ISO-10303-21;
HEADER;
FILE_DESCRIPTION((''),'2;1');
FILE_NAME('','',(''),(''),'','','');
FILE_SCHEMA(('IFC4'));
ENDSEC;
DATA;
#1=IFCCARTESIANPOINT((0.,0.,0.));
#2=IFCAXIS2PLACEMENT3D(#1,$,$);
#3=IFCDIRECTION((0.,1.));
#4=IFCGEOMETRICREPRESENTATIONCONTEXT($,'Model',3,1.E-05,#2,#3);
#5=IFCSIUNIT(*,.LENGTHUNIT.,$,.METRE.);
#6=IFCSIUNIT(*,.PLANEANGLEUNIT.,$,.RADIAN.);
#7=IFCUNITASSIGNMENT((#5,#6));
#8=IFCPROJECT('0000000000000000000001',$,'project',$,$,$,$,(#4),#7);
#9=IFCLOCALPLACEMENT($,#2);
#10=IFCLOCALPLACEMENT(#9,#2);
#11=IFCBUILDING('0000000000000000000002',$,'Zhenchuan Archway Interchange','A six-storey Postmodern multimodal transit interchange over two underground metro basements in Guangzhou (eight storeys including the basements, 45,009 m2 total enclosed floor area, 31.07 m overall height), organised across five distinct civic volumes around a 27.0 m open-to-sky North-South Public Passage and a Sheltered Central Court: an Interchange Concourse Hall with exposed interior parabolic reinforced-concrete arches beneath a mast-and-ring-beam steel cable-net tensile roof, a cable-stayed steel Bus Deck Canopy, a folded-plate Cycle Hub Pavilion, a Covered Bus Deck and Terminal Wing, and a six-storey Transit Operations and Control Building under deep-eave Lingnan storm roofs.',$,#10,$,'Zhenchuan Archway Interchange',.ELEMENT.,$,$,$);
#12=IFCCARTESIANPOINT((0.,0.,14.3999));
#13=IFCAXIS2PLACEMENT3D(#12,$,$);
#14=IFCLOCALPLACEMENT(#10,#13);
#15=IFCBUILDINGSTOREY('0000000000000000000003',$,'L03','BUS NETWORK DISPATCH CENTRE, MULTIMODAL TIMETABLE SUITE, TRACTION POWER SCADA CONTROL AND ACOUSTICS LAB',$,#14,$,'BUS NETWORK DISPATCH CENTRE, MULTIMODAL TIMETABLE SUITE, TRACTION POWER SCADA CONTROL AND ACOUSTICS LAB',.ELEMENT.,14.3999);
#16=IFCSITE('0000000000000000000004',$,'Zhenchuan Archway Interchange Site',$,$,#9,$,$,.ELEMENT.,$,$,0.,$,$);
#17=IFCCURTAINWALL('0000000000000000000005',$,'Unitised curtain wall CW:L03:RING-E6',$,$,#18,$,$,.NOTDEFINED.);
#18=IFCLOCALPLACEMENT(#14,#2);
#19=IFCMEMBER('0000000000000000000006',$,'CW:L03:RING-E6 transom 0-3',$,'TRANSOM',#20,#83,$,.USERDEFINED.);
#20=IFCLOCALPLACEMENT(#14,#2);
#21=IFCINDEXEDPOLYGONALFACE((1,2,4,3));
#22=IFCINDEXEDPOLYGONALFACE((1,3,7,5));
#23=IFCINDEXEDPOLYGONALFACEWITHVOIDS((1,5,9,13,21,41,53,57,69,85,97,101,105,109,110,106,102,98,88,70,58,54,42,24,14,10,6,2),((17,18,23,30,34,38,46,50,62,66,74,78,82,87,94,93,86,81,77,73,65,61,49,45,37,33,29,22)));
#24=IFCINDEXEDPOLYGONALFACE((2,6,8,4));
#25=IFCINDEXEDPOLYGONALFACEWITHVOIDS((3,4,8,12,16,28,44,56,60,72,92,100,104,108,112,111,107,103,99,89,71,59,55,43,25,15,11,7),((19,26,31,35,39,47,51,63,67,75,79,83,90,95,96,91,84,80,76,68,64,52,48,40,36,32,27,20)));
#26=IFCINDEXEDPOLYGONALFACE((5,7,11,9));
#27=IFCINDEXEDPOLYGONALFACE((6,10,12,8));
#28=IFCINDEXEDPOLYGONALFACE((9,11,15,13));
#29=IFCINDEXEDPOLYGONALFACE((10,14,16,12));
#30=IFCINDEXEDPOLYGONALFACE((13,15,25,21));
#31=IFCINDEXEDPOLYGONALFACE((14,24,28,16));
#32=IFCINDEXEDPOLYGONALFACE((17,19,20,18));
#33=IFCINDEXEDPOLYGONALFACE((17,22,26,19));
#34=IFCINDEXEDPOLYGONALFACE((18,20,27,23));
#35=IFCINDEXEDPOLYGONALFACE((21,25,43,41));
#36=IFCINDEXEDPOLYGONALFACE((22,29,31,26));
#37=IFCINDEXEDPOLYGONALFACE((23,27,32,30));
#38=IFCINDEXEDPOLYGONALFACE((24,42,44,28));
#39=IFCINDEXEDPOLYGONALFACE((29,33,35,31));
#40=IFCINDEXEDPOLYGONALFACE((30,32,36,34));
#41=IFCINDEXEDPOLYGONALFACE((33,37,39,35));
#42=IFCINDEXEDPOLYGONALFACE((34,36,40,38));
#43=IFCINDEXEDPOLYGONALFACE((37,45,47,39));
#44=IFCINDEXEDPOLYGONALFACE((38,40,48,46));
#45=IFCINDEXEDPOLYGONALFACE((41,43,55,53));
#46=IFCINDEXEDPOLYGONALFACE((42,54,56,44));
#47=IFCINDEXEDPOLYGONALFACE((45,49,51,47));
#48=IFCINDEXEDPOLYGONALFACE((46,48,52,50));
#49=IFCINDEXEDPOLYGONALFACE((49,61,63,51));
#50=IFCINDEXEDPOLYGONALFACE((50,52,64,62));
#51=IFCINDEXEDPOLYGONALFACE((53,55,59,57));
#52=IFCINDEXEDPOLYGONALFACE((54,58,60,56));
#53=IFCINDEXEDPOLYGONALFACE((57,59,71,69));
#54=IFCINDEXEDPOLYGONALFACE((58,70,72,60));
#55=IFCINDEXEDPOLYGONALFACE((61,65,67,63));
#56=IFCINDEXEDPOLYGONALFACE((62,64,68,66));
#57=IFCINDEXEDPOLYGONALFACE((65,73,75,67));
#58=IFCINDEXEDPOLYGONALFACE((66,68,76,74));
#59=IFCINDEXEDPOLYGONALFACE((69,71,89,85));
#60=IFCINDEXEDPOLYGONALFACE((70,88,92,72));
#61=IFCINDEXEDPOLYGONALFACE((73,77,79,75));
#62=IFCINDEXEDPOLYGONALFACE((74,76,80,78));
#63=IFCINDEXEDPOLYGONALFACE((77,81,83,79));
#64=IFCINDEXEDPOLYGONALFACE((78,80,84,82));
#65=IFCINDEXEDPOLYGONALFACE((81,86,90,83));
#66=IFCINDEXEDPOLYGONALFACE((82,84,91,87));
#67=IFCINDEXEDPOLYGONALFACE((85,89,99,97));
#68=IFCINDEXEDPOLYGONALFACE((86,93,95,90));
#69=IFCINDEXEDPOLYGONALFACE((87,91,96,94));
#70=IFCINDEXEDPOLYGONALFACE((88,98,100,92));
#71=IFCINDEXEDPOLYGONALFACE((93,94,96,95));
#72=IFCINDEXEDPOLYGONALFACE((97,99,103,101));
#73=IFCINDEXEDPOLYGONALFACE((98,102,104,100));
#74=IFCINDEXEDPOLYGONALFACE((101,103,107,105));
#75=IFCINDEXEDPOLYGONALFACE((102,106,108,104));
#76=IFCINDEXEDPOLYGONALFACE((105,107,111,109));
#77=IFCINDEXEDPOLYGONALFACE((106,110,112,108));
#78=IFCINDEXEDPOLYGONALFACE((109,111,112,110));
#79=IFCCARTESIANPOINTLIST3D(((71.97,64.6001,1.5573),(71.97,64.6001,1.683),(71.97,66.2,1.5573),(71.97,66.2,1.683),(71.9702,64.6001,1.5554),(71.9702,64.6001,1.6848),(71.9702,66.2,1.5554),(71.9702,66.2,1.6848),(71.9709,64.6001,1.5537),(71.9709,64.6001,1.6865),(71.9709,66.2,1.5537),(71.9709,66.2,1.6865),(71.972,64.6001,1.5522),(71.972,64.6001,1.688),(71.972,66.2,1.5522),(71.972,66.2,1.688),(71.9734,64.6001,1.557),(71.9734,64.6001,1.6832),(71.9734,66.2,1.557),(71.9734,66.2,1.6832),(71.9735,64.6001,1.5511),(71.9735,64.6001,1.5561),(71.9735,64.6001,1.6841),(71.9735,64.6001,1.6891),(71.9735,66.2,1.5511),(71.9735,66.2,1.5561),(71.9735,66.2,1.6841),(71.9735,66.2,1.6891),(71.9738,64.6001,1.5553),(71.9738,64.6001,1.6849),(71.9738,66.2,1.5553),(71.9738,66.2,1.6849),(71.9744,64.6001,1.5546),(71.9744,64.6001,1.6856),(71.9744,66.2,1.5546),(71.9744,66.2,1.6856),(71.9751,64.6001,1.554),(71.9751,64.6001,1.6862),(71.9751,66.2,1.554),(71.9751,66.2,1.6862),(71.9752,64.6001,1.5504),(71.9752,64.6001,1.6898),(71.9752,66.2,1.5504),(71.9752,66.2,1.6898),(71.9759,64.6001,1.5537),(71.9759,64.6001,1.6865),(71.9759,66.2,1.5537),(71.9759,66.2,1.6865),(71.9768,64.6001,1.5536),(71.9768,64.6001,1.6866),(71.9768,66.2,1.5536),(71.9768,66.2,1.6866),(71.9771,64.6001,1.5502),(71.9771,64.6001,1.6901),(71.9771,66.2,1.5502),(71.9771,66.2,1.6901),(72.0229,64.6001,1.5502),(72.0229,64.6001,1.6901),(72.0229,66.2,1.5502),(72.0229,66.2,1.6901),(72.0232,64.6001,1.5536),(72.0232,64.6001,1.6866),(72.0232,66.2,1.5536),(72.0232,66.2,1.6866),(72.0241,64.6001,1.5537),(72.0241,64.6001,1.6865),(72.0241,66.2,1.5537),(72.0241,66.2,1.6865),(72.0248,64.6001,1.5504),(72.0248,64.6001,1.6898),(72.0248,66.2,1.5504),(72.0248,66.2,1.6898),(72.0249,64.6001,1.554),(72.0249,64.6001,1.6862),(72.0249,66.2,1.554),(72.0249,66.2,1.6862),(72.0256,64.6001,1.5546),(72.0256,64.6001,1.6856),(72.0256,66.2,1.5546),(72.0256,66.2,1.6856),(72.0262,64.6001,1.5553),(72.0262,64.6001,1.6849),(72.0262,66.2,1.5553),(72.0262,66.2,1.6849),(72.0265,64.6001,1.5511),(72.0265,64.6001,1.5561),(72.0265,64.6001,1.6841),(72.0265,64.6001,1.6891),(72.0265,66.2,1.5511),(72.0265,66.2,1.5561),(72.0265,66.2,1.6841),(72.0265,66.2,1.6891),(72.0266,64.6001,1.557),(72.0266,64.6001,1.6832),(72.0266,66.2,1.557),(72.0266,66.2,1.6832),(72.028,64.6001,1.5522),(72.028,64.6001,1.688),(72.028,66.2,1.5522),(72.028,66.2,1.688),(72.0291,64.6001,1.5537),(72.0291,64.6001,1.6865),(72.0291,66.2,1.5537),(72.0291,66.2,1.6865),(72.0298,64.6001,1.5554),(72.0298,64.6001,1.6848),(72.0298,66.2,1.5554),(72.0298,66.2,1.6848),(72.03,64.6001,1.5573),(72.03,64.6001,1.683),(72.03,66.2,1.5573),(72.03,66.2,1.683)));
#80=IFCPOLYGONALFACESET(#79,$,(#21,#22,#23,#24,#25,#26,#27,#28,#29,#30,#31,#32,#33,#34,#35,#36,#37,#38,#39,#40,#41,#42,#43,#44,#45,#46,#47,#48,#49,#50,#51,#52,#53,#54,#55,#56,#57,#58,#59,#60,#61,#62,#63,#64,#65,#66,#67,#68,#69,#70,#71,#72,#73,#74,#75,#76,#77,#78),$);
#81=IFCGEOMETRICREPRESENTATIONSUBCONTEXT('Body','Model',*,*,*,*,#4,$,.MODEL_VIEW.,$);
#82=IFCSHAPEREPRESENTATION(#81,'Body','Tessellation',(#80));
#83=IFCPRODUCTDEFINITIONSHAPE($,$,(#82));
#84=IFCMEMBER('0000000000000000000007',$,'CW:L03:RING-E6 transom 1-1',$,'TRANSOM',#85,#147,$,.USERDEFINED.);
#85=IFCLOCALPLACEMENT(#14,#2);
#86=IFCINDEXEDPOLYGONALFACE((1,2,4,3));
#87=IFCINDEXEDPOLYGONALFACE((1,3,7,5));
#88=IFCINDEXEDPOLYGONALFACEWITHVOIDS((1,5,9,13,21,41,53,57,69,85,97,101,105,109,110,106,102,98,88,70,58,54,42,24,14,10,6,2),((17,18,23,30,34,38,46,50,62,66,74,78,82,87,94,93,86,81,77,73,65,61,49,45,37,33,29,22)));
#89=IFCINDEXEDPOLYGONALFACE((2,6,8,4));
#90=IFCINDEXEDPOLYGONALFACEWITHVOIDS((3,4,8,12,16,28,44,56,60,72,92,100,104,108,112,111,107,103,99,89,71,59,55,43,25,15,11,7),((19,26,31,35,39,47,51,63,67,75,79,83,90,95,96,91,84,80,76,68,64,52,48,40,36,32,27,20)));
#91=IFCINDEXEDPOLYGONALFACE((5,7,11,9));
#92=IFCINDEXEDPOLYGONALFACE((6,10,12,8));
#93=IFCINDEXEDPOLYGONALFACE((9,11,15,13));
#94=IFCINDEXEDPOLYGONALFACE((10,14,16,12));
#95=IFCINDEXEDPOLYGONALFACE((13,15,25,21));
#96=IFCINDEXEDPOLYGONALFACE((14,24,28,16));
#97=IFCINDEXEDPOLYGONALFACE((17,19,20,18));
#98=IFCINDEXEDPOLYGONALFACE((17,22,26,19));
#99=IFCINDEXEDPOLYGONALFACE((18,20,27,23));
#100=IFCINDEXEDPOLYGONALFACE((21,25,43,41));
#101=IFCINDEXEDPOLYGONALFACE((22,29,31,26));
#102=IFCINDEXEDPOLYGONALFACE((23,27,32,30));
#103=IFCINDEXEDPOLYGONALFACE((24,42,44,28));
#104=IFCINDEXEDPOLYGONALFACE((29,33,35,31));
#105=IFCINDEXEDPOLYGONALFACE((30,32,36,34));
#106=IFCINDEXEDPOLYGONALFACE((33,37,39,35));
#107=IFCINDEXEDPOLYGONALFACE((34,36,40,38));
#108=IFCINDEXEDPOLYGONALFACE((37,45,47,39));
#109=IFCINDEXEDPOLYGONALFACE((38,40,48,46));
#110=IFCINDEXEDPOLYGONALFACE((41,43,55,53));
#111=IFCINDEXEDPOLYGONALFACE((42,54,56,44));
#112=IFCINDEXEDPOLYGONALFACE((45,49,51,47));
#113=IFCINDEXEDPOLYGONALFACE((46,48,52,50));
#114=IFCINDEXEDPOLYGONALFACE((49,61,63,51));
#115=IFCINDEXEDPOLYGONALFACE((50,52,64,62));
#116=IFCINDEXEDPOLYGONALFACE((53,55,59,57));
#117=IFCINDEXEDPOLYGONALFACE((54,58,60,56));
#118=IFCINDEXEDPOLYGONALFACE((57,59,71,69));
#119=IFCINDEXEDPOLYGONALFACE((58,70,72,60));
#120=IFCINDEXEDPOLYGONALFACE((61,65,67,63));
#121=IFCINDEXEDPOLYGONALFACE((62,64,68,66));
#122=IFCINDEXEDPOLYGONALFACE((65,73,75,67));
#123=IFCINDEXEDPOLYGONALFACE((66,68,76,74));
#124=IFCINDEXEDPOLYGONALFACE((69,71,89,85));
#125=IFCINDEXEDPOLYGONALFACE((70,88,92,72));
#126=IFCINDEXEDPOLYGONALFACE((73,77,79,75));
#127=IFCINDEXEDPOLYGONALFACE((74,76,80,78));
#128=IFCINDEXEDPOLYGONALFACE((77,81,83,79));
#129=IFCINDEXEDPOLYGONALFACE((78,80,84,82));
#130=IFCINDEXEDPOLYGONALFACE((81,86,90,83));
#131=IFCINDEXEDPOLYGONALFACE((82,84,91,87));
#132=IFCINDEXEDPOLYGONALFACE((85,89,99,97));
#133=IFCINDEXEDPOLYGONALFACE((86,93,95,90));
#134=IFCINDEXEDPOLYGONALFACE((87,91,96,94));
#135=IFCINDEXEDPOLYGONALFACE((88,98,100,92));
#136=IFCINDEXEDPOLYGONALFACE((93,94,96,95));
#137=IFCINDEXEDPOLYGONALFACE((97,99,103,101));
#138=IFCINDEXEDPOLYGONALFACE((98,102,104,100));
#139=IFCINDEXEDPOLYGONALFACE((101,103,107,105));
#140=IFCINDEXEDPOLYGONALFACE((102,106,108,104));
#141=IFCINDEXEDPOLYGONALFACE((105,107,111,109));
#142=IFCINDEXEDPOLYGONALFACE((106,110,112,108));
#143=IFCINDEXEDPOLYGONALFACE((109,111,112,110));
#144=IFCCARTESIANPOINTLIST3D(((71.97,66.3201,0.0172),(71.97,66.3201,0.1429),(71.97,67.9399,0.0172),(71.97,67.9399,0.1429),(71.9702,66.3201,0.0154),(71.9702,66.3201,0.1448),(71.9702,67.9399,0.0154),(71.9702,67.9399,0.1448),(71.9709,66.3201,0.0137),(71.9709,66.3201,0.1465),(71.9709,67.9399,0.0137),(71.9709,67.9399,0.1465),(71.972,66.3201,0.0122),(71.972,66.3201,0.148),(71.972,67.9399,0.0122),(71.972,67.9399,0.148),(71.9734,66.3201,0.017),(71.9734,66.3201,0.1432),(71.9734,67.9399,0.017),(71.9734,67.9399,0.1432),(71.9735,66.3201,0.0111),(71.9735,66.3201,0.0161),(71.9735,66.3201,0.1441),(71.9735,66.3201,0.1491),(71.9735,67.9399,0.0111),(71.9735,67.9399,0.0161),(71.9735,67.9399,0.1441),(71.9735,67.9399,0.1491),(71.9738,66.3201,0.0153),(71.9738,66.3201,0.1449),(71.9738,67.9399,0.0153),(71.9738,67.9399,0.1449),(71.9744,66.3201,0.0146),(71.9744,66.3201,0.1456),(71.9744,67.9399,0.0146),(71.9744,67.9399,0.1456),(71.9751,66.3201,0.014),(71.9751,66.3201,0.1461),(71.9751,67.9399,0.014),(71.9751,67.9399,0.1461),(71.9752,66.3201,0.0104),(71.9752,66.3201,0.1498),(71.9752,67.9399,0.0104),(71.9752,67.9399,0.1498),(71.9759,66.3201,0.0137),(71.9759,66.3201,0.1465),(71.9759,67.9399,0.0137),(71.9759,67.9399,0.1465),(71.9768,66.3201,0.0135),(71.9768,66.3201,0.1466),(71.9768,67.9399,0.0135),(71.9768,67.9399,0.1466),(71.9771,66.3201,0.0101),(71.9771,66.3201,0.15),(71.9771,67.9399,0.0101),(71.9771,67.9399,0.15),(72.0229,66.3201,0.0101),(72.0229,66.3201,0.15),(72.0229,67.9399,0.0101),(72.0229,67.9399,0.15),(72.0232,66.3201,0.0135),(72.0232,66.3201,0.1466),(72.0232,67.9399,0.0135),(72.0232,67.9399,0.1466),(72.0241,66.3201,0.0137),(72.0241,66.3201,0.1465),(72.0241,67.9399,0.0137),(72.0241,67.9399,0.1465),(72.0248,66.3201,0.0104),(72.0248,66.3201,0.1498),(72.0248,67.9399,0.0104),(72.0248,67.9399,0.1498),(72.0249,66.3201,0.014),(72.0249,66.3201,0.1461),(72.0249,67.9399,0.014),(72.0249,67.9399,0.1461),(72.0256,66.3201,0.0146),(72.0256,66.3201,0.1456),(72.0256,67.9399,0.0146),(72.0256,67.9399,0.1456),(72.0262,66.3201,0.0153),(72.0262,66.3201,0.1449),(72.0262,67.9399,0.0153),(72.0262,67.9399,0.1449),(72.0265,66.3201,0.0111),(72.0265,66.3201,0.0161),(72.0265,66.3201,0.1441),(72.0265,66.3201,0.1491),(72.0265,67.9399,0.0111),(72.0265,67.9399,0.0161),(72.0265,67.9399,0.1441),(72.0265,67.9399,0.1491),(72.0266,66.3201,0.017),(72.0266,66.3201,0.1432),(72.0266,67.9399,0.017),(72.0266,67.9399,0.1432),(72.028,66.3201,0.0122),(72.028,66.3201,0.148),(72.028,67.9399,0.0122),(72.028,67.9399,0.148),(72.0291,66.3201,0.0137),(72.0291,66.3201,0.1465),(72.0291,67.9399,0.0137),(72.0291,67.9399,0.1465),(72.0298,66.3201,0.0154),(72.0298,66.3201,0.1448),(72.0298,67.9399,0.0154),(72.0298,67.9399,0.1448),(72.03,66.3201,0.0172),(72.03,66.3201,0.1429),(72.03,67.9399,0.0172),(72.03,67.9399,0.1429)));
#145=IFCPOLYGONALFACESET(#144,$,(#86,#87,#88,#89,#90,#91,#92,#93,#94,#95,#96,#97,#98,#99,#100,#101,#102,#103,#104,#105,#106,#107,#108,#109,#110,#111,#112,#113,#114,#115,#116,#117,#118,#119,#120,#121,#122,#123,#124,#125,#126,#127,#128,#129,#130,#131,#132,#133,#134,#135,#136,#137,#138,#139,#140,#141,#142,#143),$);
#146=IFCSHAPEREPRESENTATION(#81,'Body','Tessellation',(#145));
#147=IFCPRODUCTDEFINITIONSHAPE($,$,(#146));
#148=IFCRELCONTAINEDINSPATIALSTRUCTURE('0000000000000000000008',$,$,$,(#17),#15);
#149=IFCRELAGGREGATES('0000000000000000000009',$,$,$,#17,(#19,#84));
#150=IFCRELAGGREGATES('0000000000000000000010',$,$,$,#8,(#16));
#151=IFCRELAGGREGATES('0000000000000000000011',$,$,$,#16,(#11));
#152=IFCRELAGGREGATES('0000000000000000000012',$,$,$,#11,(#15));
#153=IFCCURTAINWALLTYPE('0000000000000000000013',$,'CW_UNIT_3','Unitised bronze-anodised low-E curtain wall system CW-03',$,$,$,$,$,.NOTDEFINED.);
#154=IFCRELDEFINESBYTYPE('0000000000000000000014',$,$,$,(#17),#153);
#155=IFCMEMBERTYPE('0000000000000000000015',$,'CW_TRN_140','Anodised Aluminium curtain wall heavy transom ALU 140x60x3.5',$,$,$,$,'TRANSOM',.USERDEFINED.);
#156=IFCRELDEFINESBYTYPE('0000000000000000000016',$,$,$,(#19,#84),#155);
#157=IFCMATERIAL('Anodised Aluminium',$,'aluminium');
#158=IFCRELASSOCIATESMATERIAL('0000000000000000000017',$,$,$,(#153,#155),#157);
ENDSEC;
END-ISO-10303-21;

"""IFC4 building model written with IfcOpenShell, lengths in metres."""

from ifc_helpers import new_model, si_unit, direction, frame, origin, origin_2d, place, context, subcontext, project, spatial, hollow_rectangle, extrude, material, material_profile, profile_set, type_object, element, aggregate, save


model = new_model("IFC4")

# Units and contexts
model_context = context("Model", 3, precision=1e-05, world=origin(), true_north=direction((0.0, 1.0)))
body_context = subcontext(model_context, "Body", "Model", "MODEL_VIEW")
ifc_project = project(units=[si_unit("LENGTHUNIT", "METRE"), si_unit("PLANEANGLEUNIT", "RADIAN")], contexts=[model_context])

# Site, building, storey
site_placement = place(None, origin())
site = spatial("IfcSite", under=ifc_project, at=site_placement, Name="Zhenchuan Archway Interchange Site", CompositionType="ELEMENT", RefElevation=0.0)
building_placement = place(site_placement, origin())
building = spatial("IfcBuilding", under=site, at=building_placement, Name="Zhenchuan Archway Interchange", Description="A six-storey Postmodern multimodal transit interchange over two underground metro basements in Guangzhou (eight storeys including the basements, 45,009 m2 total enclosed floor area, 31.07 m overall height), organised across five distinct civic volumes around a 27.0 m open-to-sky North-South Public Passage and a Sheltered Central Court: an Interchange Concourse Hall with exposed interior parabolic reinforced-concrete arches beneath a mast-and-ring-beam steel cable-net tensile roof, a cable-stayed steel Bus Deck Canopy, a folded-plate Cycle Hub Pavilion, a Covered Bus Deck and Terminal Wing, and a six-storey Transit Operations and Control Building under deep-eave Lingnan storm roofs.", LongName="Zhenchuan Archway Interchange", CompositionType="ELEMENT")
storey_placement = place(building_placement, frame((0.0, 0.0, 14.3999)))
storey = spatial("IfcBuildingStorey", under=building, at=storey_placement, Name="L03", Description="BUS NETWORK DISPATCH CENTRE, MULTIMODAL TIMETABLE SUITE, TRACTION POWER SCADA CONTROL AND ACOUSTICS LAB", LongName="BUS NETWORK DISPATCH CENTRE, MULTIMODAL TIMETABLE SUITE, TRACTION POWER SCADA CONTROL AND ACOUSTICS LAB", CompositionType="ELEMENT", Elevation=14.3999)

# Curtain wall
ifc_material_1 = material(Name="Anodised Aluminium", Category="aluminium")
curtain_wall_type_1 = type_object("IfcCurtainWallType", Name="CW_UNIT_3", Description="Unitised bronze-anodised low-E curtain wall system CW-03", PredefinedType="NOTDEFINED", material=ifc_material_1)
curtain_wall_1_placement = place(storey_placement, origin())
curtain_wall_1 = element("IfcCurtainWall", 1, at=curtain_wall_1_placement, inside=storey, type_object=curtain_wall_type_1, Name="Unitised curtain wall CW:L03:RING-E6", PredefinedType="NOTDEFINED")

# Members
ifc_material_profile_1 = material_profile(ifc_material_1, hollow_rectangle(XDim=0.0601, YDim=0.1399, WallThickness=0.0034, InnerFilletRadius=0.0034, OuterFilletRadius=0.0071, at=origin_2d()), Name="ALU 140x60x3.5")
ifc_profile_set_1 = profile_set([ifc_material_profile_1], Name="Anodised Aluminium")
member_type_1 = type_object("IfcMemberType", Name="CW_TRN_140", Description="Anodised Aluminium curtain wall heavy transom ALU 140x60x3.5", ElementType="TRANSOM", PredefinedType="USERDEFINED", material=ifc_profile_set_1)
member_1_placement = place(storey_placement, frame((72.0, 64.6001, 1.6201), z_axis=(0.0, 1.0, 0.0), x_axis=(-1.0, 0.0, 0.0)))
member_1 = element("IfcMember", 2, at=member_1_placement, type_object=member_type_1, Name="CW:L03:RING-E6 transom 0-3", ObjectType="TRANSOM", PredefinedType="USERDEFINED", context=body_context, shape_type="SweptSolid", body=[
    extrude(hollow_rectangle(XDim=0.0601, YDim=0.1399, WallThickness=0.0034, InnerFilletRadius=0.0034, OuterFilletRadius=0.0071, at=origin_2d()), origin(), (0.0, 0.0, 1.0), 1.5999),
])
member_2_placement = place(storey_placement, frame((72.0, 66.3201, 0.0801), z_axis=(0.0, 1.0, 0.0), x_axis=(-1.0, 0.0, 0.0)))
member_2 = element("IfcMember", 3, at=member_2_placement, type_object=member_type_1, Name="CW:L03:RING-E6 transom 1-1", ObjectType="TRANSOM", PredefinedType="USERDEFINED", context=body_context, shape_type="SweptSolid", body=[
    extrude(hollow_rectangle(XDim=0.0601, YDim=0.1399, WallThickness=0.0034, InnerFilletRadius=0.0034, OuterFilletRadius=0.0071, at=origin_2d()), origin(), (0.0, 0.0, 1.0), 1.6199),
])

aggregate(curtain_wall_1, [member_1, member_2])

save(model, "model.ifc")
